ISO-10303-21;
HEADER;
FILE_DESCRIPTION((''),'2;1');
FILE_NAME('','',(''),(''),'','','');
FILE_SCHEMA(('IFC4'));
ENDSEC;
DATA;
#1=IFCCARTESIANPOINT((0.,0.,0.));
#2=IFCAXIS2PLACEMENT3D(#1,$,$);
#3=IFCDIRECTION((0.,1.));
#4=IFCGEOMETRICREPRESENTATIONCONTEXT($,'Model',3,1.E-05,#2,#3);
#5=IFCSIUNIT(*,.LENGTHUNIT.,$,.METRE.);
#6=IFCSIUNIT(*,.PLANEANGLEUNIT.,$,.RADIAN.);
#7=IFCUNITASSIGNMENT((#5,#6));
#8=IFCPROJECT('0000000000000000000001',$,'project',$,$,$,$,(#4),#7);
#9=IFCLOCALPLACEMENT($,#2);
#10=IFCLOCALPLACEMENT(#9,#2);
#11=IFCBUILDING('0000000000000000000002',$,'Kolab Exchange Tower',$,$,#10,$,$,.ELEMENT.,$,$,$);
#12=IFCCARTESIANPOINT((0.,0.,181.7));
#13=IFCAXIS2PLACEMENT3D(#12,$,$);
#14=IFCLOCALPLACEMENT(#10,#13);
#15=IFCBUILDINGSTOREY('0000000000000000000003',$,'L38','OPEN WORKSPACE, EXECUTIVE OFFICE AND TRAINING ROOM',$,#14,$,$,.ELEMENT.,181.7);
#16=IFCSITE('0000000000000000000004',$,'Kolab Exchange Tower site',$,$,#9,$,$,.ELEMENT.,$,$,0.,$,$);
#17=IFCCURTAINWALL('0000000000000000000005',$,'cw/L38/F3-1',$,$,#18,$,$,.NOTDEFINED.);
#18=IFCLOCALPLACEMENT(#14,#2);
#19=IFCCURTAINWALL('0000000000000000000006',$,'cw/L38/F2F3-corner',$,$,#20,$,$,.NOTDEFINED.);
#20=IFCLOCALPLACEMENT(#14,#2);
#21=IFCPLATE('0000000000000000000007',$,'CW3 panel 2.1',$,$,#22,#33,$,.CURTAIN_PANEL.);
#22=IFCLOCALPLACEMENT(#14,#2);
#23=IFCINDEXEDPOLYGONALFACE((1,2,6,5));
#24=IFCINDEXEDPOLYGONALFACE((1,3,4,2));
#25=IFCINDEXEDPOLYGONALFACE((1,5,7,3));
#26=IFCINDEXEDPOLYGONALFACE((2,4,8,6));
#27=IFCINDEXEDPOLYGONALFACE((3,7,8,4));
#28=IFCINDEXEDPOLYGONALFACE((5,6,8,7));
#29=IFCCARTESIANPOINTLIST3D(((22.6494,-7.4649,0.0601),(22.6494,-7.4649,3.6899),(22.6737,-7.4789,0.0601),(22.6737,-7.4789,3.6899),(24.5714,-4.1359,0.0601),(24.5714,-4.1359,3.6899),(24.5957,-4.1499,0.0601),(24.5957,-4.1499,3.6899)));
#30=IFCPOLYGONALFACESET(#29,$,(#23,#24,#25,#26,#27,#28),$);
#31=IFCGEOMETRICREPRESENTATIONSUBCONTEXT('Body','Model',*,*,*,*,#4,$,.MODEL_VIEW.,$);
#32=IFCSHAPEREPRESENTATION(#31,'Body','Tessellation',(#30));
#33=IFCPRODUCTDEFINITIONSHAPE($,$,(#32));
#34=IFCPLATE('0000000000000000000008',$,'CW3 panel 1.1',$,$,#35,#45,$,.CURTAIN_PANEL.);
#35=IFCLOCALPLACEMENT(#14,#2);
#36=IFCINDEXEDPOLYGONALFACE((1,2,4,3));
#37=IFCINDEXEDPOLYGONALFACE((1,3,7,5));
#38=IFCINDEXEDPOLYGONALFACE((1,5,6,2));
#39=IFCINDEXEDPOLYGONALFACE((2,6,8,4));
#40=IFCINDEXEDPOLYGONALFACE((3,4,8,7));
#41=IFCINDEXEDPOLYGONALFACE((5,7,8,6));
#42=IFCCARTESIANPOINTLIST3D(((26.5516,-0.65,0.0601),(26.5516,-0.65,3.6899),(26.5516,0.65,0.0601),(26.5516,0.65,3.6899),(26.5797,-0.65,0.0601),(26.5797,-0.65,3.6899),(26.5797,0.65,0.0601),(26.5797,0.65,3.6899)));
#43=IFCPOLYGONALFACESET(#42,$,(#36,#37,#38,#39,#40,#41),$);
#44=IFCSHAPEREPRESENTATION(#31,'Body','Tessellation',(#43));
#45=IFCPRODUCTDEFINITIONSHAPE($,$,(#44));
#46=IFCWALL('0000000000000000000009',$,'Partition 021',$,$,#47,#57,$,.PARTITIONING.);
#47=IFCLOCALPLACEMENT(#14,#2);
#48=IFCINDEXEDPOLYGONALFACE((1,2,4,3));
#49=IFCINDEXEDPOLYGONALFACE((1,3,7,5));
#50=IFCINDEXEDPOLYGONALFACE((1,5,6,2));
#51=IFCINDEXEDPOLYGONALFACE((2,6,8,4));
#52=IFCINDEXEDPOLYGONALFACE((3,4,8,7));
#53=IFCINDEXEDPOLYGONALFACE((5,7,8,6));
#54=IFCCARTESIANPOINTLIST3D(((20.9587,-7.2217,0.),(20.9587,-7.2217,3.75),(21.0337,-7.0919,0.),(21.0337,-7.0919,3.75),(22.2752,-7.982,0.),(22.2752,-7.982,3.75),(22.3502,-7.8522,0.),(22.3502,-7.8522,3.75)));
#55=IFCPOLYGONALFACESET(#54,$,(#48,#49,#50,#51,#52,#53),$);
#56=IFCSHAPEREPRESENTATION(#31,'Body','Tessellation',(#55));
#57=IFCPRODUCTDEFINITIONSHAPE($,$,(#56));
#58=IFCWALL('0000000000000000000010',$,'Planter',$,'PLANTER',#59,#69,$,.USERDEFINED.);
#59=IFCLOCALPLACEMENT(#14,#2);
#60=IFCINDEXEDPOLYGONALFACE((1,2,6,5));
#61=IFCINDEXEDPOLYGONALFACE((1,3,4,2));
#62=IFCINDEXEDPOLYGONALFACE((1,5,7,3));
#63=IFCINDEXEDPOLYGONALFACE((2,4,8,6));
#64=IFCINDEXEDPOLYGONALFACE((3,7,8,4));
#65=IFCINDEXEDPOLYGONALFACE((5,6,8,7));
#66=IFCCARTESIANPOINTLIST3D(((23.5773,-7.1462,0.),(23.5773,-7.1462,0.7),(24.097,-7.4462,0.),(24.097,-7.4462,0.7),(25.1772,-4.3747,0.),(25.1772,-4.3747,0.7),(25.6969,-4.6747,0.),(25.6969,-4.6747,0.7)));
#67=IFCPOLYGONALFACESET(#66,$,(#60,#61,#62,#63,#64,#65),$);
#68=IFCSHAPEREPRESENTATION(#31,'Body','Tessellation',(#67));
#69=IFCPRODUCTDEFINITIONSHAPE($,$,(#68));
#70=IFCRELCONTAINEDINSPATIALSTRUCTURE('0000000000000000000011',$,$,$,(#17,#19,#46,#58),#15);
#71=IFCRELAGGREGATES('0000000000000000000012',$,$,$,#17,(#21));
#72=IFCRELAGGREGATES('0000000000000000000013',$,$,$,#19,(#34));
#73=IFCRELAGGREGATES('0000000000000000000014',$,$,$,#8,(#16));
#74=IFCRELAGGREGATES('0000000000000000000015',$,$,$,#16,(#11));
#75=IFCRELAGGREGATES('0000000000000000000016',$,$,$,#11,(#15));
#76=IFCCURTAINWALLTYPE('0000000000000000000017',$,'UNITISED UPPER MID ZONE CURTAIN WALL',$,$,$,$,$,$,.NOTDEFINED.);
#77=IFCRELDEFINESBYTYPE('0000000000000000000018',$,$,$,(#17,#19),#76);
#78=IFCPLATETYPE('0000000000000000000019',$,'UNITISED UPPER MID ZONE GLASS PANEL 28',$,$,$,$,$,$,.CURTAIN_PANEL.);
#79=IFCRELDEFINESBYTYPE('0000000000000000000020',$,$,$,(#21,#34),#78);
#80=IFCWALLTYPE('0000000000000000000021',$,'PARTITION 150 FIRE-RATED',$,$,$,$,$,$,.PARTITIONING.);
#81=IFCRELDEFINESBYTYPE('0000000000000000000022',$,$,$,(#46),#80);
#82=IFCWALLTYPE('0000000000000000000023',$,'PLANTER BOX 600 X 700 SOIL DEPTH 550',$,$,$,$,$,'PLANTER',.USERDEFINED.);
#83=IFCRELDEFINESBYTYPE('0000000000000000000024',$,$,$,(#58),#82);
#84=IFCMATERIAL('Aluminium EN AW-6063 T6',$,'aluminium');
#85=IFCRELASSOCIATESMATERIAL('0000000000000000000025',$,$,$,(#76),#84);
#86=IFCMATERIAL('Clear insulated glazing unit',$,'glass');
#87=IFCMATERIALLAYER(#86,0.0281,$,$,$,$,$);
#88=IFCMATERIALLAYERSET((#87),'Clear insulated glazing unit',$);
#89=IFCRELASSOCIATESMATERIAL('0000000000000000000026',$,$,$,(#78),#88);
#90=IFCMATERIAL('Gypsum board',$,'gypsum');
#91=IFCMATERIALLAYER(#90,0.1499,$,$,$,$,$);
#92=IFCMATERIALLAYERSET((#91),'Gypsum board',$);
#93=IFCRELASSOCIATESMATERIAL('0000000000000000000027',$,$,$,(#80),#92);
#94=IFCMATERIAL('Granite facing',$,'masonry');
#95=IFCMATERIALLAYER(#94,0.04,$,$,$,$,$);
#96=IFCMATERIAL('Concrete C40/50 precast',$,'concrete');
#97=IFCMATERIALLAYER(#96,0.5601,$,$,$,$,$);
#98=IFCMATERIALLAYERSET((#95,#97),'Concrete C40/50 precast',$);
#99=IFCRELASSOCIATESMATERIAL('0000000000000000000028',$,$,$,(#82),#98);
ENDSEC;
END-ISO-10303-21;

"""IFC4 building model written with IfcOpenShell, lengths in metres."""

from ifc_helpers import new_model, si_unit, direction, frame, frame_2d, origin, origin_2d, place, context, subcontext, project, spatial, rectangle, extrude, material, layer, layer_set, type_object, element, aggregate, save


model = new_model("IFC4")

# Units and contexts
model_context = context("Model", 3, precision=1e-05, world=origin(), true_north=direction((0.0, 1.0)))
body_context = subcontext(model_context, "Body", "Model", "MODEL_VIEW")
ifc_project = project(units=[si_unit("LENGTHUNIT", "METRE"), si_unit("PLANEANGLEUNIT", "RADIAN")], contexts=[model_context])

# Site, building, storey
site_placement = place(None, origin())
site = spatial("IfcSite", under=ifc_project, at=site_placement, Name="Kolab Exchange Tower site", CompositionType="ELEMENT", RefElevation=0.0)
building_placement = place(site_placement, origin())
building = spatial("IfcBuilding", under=site, at=building_placement, Name="Kolab Exchange Tower", CompositionType="ELEMENT")
storey_placement = place(building_placement, frame((0.0, 0.0, 181.7)))
storey = spatial("IfcBuildingStorey", under=building, at=storey_placement, Name="L38", Description="OPEN WORKSPACE, EXECUTIVE OFFICE AND TRAINING ROOM", CompositionType="ELEMENT", Elevation=181.7)

# Shared definitions
ifc_material_1 = material(Name="Aluminium EN AW-6063 T6", Category="aluminium")
curtain_wall_type = type_object("IfcCurtainWallType", Name="UNITISED UPPER MID ZONE CURTAIN WALL", PredefinedType="NOTDEFINED", material=ifc_material_1)

# Curtain wall
curtain_wall_1_placement = place(storey_placement, origin())
curtain_wall_1 = element("IfcCurtainWall", 1, at=curtain_wall_1_placement, inside=storey, type_object=curtain_wall_type, Name="cw/L38/F3-1", PredefinedType="NOTDEFINED")

# Curtain wall
curtain_wall_2_placement = place(storey_placement, origin())
curtain_wall_2 = element("IfcCurtainWall", 2, at=curtain_wall_2_placement, inside=storey, type_object=curtain_wall_type, Name="cw/L38/F2F3-corner", PredefinedType="NOTDEFINED")

# Plates
ifc_material_2 = material(Name="Clear insulated glazing unit", Category="glass")
ifc_layer_1 = layer(ifc_material_2, 0.0281)
ifc_layer_set_1 = layer_set([ifc_layer_1], Name="Clear insulated glazing unit")
plate_type = type_object("IfcPlateType", Name="UNITISED UPPER MID ZONE GLASS PANEL 28", PredefinedType="CURTAIN_PANEL", material=ifc_layer_set_1)
plate_1_placement = place(storey_placement, frame((23.6226, -5.8074, 0.0601), z_axis=(0.0, 0.0, 1.0), x_axis=(-0.5, -0.866025, 0.0)))
plate_1 = element("IfcPlate", 3, at=plate_1_placement, type_object=plate_type, Name="CW3 panel 2.1", PredefinedType="CURTAIN_PANEL", context=body_context, shape_type="SweptSolid", body=[
    extrude(rectangle(XDim=3.844, YDim=0.0281, at=origin_2d()), origin(), (0.0, 0.0, 1.0), 3.6299),
])
aggregate(curtain_wall_1, [plate_1])
plate_2_placement = place(storey_placement, frame((26.5657, 0.0, 0.0601), z_axis=(0.0, 0.0, 1.0), x_axis=(0.0, -1.0, 0.0)))
plate_2 = element("IfcPlate", 4, at=plate_2_placement, type_object=plate_type, Name="CW3 panel 1.1", PredefinedType="CURTAIN_PANEL", context=body_context, shape_type="SweptSolid", body=[
    extrude(rectangle(XDim=1.3, YDim=0.0281, at=origin_2d()), origin(), (0.0, 0.0, 1.0), 3.6299),
])
aggregate(curtain_wall_2, [plate_2])

# Walls
ifc_material_3 = material(Name="Gypsum board", Category="gypsum")
ifc_layer_2 = layer(ifc_material_3, 0.1499)
ifc_layer_set_2 = layer_set([ifc_layer_2], Name="Gypsum board")
wall_type_1 = type_object("IfcWallType", Name="PARTITION 150 FIRE-RATED", PredefinedType="PARTITIONING", material=ifc_layer_set_2)
wall_1_placement = place(storey_placement, frame((20.9961, -7.1567, 0.0), z_axis=(0.0, 0.0, 1.0), x_axis=(0.865961, -0.500112, 0.0)))
element("IfcWall", 5, at=wall_1_placement, inside=storey, type_object=wall_type_1, Name="Partition 021", PredefinedType="PARTITIONING", context=body_context, shape_type="SweptSolid", body=[
    extrude(rectangle(XDim=1.5203, YDim=0.1499, at=frame_2d((0.7603, 0.0))), origin(), (0.0, 0.0, 1.0), 3.75),
])
ifc_material_4 = material(Name="Granite facing", Category="masonry")
ifc_layer_3 = layer(ifc_material_4, 0.04)
ifc_material_5 = material(Name="Concrete C40/50 precast", Category="concrete")
ifc_layer_4 = layer(ifc_material_5, 0.5601)
ifc_layer_set_3 = layer_set([ifc_layer_3, ifc_layer_4], Name="Concrete C40/50 precast")
wall_type_2 = type_object("IfcWallType", Name="PLANTER BOX 600 X 700 SOIL DEPTH 550", ElementType="PLANTER", PredefinedType="USERDEFINED", material=ifc_layer_set_3)
wall_2_placement = place(storey_placement, frame((25.437, -4.5247, 0.0), z_axis=(0.0, 0.0, 1.0), x_axis=(-0.499938, -0.866061, 0.0)))
element("IfcWall", 6, at=wall_2_placement, inside=storey, type_object=wall_type_2, Name="Planter", ObjectType="PLANTER", PredefinedType="USERDEFINED", context=body_context, shape_type="SweptSolid", body=[
    extrude(rectangle(XDim=3.2002, YDim=0.6001, at=frame_2d((1.6001, 0.0))), origin(), (0.0, 0.0, 1.0), 0.7),
])

save(model, "model.ifc")
